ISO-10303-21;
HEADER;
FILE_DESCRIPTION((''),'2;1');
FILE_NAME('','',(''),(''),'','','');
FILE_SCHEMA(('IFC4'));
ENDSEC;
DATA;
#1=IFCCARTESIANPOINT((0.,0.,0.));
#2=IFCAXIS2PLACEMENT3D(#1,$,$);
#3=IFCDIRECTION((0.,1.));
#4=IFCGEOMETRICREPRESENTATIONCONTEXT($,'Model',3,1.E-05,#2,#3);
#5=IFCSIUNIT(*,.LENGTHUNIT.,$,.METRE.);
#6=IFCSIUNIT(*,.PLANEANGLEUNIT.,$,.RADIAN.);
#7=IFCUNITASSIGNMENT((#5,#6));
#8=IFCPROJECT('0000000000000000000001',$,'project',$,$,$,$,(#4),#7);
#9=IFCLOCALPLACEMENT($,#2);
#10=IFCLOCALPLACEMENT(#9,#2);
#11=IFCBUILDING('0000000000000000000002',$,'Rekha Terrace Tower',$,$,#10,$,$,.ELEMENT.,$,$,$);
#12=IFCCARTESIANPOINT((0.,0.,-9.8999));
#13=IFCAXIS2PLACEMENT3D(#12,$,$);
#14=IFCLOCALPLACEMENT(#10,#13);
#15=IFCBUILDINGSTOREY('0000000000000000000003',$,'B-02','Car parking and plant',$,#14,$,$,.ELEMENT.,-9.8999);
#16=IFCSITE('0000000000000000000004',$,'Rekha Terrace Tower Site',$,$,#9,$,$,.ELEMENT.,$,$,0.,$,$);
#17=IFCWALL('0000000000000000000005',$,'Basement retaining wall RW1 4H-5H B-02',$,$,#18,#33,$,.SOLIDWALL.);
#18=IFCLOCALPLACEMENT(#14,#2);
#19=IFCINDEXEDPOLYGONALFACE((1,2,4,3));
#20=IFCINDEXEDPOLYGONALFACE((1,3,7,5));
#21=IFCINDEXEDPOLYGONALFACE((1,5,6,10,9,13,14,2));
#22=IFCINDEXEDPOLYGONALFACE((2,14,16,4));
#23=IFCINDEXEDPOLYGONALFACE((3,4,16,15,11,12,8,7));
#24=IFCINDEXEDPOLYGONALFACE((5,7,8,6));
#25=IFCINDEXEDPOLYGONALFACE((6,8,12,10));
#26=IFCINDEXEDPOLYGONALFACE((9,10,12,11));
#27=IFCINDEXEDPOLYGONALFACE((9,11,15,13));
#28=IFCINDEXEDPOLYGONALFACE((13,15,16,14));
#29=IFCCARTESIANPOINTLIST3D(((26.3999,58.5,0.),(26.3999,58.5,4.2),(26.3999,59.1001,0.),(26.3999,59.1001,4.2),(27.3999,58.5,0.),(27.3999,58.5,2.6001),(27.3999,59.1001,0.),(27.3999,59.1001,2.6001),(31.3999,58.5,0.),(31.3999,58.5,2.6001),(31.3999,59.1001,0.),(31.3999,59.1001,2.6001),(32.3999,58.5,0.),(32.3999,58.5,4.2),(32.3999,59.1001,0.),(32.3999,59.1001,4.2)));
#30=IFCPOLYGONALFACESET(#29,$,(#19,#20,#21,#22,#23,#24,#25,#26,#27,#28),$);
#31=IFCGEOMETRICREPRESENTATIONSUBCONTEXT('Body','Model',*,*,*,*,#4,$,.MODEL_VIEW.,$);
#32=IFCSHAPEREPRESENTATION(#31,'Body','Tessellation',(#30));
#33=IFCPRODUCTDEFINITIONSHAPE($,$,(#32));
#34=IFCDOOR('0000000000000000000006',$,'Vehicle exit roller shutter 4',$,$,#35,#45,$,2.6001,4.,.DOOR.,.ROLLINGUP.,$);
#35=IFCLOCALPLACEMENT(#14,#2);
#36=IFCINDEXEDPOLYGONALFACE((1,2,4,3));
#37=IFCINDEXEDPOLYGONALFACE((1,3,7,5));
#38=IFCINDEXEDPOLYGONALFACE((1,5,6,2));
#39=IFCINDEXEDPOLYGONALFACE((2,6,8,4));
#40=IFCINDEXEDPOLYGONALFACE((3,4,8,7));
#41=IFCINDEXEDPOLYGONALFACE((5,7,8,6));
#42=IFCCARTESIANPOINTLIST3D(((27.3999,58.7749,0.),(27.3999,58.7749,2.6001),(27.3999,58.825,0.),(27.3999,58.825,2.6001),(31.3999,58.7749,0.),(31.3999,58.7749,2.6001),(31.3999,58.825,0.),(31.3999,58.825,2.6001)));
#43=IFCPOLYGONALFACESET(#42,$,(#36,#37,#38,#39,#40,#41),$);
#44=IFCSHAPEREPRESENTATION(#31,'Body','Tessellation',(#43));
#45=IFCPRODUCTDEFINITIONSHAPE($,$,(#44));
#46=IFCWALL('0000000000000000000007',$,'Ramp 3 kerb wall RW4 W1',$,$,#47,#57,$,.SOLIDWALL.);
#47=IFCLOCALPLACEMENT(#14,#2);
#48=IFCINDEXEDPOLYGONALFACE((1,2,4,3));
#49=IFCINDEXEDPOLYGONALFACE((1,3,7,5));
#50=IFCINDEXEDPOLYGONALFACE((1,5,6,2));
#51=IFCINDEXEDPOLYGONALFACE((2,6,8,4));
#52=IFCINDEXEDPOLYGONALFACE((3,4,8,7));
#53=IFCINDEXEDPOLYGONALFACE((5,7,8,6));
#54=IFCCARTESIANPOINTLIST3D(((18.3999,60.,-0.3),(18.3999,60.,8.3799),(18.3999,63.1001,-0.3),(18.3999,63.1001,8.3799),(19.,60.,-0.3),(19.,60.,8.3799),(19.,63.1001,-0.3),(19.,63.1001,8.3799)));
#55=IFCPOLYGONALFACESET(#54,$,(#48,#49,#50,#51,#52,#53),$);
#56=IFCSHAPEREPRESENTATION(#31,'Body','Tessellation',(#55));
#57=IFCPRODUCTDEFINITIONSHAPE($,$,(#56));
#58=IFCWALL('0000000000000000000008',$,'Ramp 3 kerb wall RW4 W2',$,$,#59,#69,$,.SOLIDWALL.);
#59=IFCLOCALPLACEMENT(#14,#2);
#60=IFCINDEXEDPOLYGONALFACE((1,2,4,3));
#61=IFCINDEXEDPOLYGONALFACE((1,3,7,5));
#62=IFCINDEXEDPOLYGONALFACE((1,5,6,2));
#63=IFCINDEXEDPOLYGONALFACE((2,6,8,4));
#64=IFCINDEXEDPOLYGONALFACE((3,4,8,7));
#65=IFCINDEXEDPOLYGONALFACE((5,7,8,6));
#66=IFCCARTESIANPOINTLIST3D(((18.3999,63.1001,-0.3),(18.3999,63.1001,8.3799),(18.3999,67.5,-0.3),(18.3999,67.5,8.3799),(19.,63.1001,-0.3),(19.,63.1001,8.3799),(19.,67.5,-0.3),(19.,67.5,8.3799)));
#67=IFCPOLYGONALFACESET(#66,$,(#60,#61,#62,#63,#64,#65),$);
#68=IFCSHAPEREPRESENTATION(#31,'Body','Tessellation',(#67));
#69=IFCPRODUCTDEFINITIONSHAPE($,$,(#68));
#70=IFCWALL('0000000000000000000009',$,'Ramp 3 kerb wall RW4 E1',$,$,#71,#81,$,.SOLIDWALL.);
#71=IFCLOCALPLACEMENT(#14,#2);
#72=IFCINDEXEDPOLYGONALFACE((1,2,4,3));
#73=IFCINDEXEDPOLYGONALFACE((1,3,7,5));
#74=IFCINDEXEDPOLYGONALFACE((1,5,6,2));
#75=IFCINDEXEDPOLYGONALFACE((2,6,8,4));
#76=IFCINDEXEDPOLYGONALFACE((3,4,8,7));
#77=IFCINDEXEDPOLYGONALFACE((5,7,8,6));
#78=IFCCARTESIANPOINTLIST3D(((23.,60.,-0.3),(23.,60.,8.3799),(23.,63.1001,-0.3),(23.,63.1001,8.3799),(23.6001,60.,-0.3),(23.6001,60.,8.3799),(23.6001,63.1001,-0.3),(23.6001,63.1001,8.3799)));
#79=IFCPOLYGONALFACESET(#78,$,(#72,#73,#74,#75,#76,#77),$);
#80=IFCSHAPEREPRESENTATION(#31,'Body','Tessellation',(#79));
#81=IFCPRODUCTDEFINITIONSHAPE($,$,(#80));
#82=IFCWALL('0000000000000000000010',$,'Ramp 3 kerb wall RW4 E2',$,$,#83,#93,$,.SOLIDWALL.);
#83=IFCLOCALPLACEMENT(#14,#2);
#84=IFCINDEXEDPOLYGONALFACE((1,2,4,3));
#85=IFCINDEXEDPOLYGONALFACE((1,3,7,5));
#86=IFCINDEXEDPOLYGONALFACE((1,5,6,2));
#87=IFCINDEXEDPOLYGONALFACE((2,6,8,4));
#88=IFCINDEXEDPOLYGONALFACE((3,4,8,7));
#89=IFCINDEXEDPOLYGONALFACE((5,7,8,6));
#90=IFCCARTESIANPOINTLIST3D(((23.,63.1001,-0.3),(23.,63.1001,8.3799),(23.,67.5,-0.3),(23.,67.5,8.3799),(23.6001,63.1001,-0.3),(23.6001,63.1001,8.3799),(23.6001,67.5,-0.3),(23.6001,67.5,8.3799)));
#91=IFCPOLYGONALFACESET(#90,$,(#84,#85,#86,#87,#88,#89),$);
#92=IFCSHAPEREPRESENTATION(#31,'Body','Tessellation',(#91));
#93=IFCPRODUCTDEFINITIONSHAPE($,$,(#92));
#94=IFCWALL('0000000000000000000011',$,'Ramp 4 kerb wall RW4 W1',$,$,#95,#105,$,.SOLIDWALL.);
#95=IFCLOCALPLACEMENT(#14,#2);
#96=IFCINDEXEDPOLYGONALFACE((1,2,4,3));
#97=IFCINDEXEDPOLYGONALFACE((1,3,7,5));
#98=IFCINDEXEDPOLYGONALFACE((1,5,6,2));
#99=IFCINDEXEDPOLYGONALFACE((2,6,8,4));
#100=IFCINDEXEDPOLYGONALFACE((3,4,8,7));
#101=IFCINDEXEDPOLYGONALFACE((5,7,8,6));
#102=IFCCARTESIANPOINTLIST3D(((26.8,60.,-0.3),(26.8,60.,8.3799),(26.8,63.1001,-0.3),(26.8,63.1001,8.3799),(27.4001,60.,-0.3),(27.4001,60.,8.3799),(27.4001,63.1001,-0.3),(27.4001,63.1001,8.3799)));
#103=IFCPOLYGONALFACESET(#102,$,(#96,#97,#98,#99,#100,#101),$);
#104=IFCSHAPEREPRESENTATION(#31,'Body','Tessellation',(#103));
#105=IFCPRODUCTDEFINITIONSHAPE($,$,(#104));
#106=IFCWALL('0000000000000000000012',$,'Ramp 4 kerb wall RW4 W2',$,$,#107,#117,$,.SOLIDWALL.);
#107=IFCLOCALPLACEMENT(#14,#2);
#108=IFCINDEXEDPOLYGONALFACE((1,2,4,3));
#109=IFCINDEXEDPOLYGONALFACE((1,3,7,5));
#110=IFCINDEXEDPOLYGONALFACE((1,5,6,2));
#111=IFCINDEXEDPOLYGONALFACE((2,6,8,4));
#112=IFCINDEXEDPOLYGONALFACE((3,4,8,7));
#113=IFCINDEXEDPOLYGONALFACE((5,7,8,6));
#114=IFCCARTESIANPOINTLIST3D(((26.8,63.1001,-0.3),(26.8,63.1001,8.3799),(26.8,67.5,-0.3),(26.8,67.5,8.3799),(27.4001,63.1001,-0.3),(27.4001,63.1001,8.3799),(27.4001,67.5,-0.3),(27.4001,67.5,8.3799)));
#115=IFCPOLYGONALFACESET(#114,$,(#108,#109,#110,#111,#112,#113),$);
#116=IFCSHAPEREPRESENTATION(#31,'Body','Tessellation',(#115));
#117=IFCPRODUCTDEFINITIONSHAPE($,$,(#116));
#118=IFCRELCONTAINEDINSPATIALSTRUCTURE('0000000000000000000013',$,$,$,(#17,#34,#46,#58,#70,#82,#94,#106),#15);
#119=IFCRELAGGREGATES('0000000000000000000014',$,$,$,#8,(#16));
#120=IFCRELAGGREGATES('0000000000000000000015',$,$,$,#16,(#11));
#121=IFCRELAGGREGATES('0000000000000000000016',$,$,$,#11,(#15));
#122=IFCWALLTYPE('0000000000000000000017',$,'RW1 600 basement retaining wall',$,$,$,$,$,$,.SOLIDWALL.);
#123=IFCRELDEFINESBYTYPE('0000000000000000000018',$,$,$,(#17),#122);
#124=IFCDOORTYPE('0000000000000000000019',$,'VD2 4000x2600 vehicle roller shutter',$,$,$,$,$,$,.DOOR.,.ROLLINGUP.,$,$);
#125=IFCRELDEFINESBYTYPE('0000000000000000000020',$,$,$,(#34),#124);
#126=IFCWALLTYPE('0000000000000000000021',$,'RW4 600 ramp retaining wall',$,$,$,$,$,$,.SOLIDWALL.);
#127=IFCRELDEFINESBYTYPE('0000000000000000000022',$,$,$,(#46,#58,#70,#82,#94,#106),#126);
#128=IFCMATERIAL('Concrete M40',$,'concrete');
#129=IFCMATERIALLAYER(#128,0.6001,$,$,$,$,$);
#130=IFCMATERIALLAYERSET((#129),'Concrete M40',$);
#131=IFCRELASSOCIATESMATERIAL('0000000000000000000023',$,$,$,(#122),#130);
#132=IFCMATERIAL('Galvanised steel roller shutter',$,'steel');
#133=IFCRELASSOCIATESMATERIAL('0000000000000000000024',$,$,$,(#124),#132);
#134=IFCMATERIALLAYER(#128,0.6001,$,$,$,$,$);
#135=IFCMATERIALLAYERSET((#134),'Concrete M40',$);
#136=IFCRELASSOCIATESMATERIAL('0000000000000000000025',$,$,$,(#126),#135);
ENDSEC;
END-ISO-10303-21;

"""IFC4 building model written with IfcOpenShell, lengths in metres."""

from ifc_helpers import new_model, si_unit, direction, frame, frame_2d, origin, place, context, subcontext, project, spatial, rectangle, extrude, material, layer, layer_set, type_object, element, fill, save


model = new_model("IFC4")

# Units and contexts
model_context = context("Model", 3, precision=1e-05, world=origin(), true_north=direction((0.0, 1.0)))
body_context = subcontext(model_context, "Body", "Model", "MODEL_VIEW")
ifc_project = project(units=[si_unit("LENGTHUNIT", "METRE"), si_unit("PLANEANGLEUNIT", "RADIAN")], contexts=[model_context])

# Site, building, storey
site_placement = place(None, origin())
site = spatial("IfcSite", under=ifc_project, at=site_placement, Name="Rekha Terrace Tower Site", CompositionType="ELEMENT", RefElevation=0.0)
building_placement = place(site_placement, origin())
building = spatial("IfcBuilding", under=site, at=building_placement, Name="Rekha Terrace Tower", CompositionType="ELEMENT")
storey_placement = place(building_placement, frame((0.0, 0.0, -9.8999)))
storey = spatial("IfcBuildingStorey", under=building, at=storey_placement, Name="B-02", Description="Car parking and plant", CompositionType="ELEMENT", Elevation=-9.8999)

# Shared definitions
ifc_material_1 = material(Name="Concrete M40", Category="concrete")

# Wall, opening, door
ifc_layer_1 = layer(ifc_material_1, 0.6001)
ifc_layer_set_1 = layer_set([ifc_layer_1], Name="Concrete M40")
wall_type_1 = type_object("IfcWallType", Name="RW1 600 basement retaining wall", PredefinedType="SOLIDWALL", material=ifc_layer_set_1)
ifc_material_2 = material(Name="Galvanised steel roller shutter", Category="steel")
door_type = type_object("IfcDoorType", Name="VD2 4000x2600 vehicle roller shutter", OperationType="ROLLINGUP", PredefinedType="DOOR", material=ifc_material_2)
wall_1_placement = place(storey_placement, frame((26.3999, 58.8, 0.0), z_axis=(0.0, 0.0, 1.0), x_axis=(1.0, 0.0, 0.0)))
wall_1 = element("IfcWall", 1, at=wall_1_placement, inside=storey, type_object=wall_type_1, Name="Basement retaining wall RW1 4H-5H B-02", PredefinedType="SOLIDWALL", context=body_context, shape_type="SweptSolid", body=[
    extrude(rectangle(XDim=6.0, YDim=0.6001, at=frame_2d((3.0, 0.0))), origin(), (0.0, 0.0, 1.0), 4.2),
])
opening_1_placement = place(wall_1_placement, frame((1.0, 0.0, 0.0)))
opening_1 = element("IfcOpeningElement", 2, at=opening_1_placement, cuts=wall_1, PredefinedType="OPENING", context=body_context, shape_type="SweptSolid", body=[
    extrude(rectangle(XDim=4.0, YDim=2.6001, at=frame_2d((2.0, 1.3))), frame((0.0, 0.3101, 0.0), z_axis=(0.0, -1.0, 0.0), x_axis=(1.0, 0.0, 0.0)), (0.0, 0.0, 1.0), 0.6201),
])
door_1_placement = place(opening_1_placement, origin())
door_1 = element("IfcDoor", 3, at=door_1_placement, inside=storey, type_object=door_type, Name="Vehicle exit roller shutter 4", OperationType="ROLLINGUP", OverallHeight=2.6001, OverallWidth=4.0, PredefinedType="DOOR", context=body_context, shape_type="SweptSolid", body=[
    extrude(rectangle(XDim=4.0, YDim=2.6001, at=frame_2d((2.0, 1.3))), frame((0.0, 0.0249, 0.0), z_axis=(0.0, -1.0, 0.0), x_axis=(1.0, 0.0, 0.0)), (0.0, 0.0, 1.0), 0.05),
])
fill(opening_1, door_1)

# Walls
ifc_layer_2 = layer(ifc_material_1, 0.6001)
ifc_layer_set_2 = layer_set([ifc_layer_2], Name="Concrete M40")
wall_type_2 = type_object("IfcWallType", Name="RW4 600 ramp retaining wall", PredefinedType="SOLIDWALL", material=ifc_layer_set_2)
wall_2_placement = place(storey_placement, frame((18.7, 60.0, -0.3), z_axis=(0.0, 0.0, 1.0), x_axis=(0.0, 1.0, 0.0)))
element("IfcWall", 4, at=wall_2_placement, inside=storey, type_object=wall_type_2, Name="Ramp 3 kerb wall RW4 W1", PredefinedType="SOLIDWALL", context=body_context, shape_type="SweptSolid", body=[
    extrude(rectangle(XDim=3.1001, YDim=0.6001, at=frame_2d((1.55, 0.0))), origin(), (0.0, 0.0, 1.0), 8.6799),
])
wall_3_placement = place(storey_placement, frame((18.7, 63.1001, -0.3), z_axis=(0.0, 0.0, 1.0), x_axis=(0.0, 1.0, 0.0)))
element("IfcWall", 5, at=wall_3_placement, inside=storey, type_object=wall_type_2, Name="Ramp 3 kerb wall RW4 W2", PredefinedType="SOLIDWALL", context=body_context, shape_type="SweptSolid", body=[
    extrude(rectangle(XDim=4.3999, YDim=0.6001, at=frame_2d((2.2, 0.0))), origin(), (0.0, 0.0, 1.0), 8.6799),
])
wall_4_placement = place(storey_placement, frame((23.3, 60.0, -0.3), z_axis=(0.0, 0.0, 1.0), x_axis=(0.0, 1.0, 0.0)))
element("IfcWall", 6, at=wall_4_placement, inside=storey, type_object=wall_type_2, Name="Ramp 3 kerb wall RW4 E1", PredefinedType="SOLIDWALL", context=body_context, shape_type="SweptSolid", body=[
    extrude(rectangle(XDim=3.1001, YDim=0.6001, at=frame_2d((1.55, 0.0))), origin(), (0.0, 0.0, 1.0), 8.6799),
])
wall_5_placement = place(storey_placement, frame((23.3, 63.1001, -0.3), z_axis=(0.0, 0.0, 1.0), x_axis=(0.0, 1.0, 0.0)))
element("IfcWall", 7, at=wall_5_placement, inside=storey, type_object=wall_type_2, Name="Ramp 3 kerb wall RW4 E2", PredefinedType="SOLIDWALL", context=body_context, shape_type="SweptSolid", body=[
    extrude(rectangle(XDim=4.3999, YDim=0.6001, at=frame_2d((2.2, 0.0))), origin(), (0.0, 0.0, 1.0), 8.6799),
])
wall_6_placement = place(storey_placement, frame((27.1001, 60.0, -0.3), z_axis=(0.0, 0.0, 1.0), x_axis=(0.0, 1.0, 0.0)))
element("IfcWall", 8, at=wall_6_placement, inside=storey, type_object=wall_type_2, Name="Ramp 4 kerb wall RW4 W1", PredefinedType="SOLIDWALL", context=body_context, shape_type="SweptSolid", body=[
    extrude(rectangle(XDim=3.1001, YDim=0.6001, at=frame_2d((1.55, 0.0))), origin(), (0.0, 0.0, 1.0), 8.6799),
])
wall_7_placement = place(storey_placement, frame((27.1001, 63.1001, -0.3), z_axis=(0.0, 0.0, 1.0), x_axis=(0.0, 1.0, 0.0)))
element("IfcWall", 9, at=wall_7_placement, inside=storey, type_object=wall_type_2, Name="Ramp 4 kerb wall RW4 W2", PredefinedType="SOLIDWALL", context=body_context, shape_type="SweptSolid", body=[
    extrude(rectangle(XDim=4.3999, YDim=0.6001, at=frame_2d((2.2, 0.0))), origin(), (0.0, 0.0, 1.0), 8.6799),
])

save(model, "model.ifc")
